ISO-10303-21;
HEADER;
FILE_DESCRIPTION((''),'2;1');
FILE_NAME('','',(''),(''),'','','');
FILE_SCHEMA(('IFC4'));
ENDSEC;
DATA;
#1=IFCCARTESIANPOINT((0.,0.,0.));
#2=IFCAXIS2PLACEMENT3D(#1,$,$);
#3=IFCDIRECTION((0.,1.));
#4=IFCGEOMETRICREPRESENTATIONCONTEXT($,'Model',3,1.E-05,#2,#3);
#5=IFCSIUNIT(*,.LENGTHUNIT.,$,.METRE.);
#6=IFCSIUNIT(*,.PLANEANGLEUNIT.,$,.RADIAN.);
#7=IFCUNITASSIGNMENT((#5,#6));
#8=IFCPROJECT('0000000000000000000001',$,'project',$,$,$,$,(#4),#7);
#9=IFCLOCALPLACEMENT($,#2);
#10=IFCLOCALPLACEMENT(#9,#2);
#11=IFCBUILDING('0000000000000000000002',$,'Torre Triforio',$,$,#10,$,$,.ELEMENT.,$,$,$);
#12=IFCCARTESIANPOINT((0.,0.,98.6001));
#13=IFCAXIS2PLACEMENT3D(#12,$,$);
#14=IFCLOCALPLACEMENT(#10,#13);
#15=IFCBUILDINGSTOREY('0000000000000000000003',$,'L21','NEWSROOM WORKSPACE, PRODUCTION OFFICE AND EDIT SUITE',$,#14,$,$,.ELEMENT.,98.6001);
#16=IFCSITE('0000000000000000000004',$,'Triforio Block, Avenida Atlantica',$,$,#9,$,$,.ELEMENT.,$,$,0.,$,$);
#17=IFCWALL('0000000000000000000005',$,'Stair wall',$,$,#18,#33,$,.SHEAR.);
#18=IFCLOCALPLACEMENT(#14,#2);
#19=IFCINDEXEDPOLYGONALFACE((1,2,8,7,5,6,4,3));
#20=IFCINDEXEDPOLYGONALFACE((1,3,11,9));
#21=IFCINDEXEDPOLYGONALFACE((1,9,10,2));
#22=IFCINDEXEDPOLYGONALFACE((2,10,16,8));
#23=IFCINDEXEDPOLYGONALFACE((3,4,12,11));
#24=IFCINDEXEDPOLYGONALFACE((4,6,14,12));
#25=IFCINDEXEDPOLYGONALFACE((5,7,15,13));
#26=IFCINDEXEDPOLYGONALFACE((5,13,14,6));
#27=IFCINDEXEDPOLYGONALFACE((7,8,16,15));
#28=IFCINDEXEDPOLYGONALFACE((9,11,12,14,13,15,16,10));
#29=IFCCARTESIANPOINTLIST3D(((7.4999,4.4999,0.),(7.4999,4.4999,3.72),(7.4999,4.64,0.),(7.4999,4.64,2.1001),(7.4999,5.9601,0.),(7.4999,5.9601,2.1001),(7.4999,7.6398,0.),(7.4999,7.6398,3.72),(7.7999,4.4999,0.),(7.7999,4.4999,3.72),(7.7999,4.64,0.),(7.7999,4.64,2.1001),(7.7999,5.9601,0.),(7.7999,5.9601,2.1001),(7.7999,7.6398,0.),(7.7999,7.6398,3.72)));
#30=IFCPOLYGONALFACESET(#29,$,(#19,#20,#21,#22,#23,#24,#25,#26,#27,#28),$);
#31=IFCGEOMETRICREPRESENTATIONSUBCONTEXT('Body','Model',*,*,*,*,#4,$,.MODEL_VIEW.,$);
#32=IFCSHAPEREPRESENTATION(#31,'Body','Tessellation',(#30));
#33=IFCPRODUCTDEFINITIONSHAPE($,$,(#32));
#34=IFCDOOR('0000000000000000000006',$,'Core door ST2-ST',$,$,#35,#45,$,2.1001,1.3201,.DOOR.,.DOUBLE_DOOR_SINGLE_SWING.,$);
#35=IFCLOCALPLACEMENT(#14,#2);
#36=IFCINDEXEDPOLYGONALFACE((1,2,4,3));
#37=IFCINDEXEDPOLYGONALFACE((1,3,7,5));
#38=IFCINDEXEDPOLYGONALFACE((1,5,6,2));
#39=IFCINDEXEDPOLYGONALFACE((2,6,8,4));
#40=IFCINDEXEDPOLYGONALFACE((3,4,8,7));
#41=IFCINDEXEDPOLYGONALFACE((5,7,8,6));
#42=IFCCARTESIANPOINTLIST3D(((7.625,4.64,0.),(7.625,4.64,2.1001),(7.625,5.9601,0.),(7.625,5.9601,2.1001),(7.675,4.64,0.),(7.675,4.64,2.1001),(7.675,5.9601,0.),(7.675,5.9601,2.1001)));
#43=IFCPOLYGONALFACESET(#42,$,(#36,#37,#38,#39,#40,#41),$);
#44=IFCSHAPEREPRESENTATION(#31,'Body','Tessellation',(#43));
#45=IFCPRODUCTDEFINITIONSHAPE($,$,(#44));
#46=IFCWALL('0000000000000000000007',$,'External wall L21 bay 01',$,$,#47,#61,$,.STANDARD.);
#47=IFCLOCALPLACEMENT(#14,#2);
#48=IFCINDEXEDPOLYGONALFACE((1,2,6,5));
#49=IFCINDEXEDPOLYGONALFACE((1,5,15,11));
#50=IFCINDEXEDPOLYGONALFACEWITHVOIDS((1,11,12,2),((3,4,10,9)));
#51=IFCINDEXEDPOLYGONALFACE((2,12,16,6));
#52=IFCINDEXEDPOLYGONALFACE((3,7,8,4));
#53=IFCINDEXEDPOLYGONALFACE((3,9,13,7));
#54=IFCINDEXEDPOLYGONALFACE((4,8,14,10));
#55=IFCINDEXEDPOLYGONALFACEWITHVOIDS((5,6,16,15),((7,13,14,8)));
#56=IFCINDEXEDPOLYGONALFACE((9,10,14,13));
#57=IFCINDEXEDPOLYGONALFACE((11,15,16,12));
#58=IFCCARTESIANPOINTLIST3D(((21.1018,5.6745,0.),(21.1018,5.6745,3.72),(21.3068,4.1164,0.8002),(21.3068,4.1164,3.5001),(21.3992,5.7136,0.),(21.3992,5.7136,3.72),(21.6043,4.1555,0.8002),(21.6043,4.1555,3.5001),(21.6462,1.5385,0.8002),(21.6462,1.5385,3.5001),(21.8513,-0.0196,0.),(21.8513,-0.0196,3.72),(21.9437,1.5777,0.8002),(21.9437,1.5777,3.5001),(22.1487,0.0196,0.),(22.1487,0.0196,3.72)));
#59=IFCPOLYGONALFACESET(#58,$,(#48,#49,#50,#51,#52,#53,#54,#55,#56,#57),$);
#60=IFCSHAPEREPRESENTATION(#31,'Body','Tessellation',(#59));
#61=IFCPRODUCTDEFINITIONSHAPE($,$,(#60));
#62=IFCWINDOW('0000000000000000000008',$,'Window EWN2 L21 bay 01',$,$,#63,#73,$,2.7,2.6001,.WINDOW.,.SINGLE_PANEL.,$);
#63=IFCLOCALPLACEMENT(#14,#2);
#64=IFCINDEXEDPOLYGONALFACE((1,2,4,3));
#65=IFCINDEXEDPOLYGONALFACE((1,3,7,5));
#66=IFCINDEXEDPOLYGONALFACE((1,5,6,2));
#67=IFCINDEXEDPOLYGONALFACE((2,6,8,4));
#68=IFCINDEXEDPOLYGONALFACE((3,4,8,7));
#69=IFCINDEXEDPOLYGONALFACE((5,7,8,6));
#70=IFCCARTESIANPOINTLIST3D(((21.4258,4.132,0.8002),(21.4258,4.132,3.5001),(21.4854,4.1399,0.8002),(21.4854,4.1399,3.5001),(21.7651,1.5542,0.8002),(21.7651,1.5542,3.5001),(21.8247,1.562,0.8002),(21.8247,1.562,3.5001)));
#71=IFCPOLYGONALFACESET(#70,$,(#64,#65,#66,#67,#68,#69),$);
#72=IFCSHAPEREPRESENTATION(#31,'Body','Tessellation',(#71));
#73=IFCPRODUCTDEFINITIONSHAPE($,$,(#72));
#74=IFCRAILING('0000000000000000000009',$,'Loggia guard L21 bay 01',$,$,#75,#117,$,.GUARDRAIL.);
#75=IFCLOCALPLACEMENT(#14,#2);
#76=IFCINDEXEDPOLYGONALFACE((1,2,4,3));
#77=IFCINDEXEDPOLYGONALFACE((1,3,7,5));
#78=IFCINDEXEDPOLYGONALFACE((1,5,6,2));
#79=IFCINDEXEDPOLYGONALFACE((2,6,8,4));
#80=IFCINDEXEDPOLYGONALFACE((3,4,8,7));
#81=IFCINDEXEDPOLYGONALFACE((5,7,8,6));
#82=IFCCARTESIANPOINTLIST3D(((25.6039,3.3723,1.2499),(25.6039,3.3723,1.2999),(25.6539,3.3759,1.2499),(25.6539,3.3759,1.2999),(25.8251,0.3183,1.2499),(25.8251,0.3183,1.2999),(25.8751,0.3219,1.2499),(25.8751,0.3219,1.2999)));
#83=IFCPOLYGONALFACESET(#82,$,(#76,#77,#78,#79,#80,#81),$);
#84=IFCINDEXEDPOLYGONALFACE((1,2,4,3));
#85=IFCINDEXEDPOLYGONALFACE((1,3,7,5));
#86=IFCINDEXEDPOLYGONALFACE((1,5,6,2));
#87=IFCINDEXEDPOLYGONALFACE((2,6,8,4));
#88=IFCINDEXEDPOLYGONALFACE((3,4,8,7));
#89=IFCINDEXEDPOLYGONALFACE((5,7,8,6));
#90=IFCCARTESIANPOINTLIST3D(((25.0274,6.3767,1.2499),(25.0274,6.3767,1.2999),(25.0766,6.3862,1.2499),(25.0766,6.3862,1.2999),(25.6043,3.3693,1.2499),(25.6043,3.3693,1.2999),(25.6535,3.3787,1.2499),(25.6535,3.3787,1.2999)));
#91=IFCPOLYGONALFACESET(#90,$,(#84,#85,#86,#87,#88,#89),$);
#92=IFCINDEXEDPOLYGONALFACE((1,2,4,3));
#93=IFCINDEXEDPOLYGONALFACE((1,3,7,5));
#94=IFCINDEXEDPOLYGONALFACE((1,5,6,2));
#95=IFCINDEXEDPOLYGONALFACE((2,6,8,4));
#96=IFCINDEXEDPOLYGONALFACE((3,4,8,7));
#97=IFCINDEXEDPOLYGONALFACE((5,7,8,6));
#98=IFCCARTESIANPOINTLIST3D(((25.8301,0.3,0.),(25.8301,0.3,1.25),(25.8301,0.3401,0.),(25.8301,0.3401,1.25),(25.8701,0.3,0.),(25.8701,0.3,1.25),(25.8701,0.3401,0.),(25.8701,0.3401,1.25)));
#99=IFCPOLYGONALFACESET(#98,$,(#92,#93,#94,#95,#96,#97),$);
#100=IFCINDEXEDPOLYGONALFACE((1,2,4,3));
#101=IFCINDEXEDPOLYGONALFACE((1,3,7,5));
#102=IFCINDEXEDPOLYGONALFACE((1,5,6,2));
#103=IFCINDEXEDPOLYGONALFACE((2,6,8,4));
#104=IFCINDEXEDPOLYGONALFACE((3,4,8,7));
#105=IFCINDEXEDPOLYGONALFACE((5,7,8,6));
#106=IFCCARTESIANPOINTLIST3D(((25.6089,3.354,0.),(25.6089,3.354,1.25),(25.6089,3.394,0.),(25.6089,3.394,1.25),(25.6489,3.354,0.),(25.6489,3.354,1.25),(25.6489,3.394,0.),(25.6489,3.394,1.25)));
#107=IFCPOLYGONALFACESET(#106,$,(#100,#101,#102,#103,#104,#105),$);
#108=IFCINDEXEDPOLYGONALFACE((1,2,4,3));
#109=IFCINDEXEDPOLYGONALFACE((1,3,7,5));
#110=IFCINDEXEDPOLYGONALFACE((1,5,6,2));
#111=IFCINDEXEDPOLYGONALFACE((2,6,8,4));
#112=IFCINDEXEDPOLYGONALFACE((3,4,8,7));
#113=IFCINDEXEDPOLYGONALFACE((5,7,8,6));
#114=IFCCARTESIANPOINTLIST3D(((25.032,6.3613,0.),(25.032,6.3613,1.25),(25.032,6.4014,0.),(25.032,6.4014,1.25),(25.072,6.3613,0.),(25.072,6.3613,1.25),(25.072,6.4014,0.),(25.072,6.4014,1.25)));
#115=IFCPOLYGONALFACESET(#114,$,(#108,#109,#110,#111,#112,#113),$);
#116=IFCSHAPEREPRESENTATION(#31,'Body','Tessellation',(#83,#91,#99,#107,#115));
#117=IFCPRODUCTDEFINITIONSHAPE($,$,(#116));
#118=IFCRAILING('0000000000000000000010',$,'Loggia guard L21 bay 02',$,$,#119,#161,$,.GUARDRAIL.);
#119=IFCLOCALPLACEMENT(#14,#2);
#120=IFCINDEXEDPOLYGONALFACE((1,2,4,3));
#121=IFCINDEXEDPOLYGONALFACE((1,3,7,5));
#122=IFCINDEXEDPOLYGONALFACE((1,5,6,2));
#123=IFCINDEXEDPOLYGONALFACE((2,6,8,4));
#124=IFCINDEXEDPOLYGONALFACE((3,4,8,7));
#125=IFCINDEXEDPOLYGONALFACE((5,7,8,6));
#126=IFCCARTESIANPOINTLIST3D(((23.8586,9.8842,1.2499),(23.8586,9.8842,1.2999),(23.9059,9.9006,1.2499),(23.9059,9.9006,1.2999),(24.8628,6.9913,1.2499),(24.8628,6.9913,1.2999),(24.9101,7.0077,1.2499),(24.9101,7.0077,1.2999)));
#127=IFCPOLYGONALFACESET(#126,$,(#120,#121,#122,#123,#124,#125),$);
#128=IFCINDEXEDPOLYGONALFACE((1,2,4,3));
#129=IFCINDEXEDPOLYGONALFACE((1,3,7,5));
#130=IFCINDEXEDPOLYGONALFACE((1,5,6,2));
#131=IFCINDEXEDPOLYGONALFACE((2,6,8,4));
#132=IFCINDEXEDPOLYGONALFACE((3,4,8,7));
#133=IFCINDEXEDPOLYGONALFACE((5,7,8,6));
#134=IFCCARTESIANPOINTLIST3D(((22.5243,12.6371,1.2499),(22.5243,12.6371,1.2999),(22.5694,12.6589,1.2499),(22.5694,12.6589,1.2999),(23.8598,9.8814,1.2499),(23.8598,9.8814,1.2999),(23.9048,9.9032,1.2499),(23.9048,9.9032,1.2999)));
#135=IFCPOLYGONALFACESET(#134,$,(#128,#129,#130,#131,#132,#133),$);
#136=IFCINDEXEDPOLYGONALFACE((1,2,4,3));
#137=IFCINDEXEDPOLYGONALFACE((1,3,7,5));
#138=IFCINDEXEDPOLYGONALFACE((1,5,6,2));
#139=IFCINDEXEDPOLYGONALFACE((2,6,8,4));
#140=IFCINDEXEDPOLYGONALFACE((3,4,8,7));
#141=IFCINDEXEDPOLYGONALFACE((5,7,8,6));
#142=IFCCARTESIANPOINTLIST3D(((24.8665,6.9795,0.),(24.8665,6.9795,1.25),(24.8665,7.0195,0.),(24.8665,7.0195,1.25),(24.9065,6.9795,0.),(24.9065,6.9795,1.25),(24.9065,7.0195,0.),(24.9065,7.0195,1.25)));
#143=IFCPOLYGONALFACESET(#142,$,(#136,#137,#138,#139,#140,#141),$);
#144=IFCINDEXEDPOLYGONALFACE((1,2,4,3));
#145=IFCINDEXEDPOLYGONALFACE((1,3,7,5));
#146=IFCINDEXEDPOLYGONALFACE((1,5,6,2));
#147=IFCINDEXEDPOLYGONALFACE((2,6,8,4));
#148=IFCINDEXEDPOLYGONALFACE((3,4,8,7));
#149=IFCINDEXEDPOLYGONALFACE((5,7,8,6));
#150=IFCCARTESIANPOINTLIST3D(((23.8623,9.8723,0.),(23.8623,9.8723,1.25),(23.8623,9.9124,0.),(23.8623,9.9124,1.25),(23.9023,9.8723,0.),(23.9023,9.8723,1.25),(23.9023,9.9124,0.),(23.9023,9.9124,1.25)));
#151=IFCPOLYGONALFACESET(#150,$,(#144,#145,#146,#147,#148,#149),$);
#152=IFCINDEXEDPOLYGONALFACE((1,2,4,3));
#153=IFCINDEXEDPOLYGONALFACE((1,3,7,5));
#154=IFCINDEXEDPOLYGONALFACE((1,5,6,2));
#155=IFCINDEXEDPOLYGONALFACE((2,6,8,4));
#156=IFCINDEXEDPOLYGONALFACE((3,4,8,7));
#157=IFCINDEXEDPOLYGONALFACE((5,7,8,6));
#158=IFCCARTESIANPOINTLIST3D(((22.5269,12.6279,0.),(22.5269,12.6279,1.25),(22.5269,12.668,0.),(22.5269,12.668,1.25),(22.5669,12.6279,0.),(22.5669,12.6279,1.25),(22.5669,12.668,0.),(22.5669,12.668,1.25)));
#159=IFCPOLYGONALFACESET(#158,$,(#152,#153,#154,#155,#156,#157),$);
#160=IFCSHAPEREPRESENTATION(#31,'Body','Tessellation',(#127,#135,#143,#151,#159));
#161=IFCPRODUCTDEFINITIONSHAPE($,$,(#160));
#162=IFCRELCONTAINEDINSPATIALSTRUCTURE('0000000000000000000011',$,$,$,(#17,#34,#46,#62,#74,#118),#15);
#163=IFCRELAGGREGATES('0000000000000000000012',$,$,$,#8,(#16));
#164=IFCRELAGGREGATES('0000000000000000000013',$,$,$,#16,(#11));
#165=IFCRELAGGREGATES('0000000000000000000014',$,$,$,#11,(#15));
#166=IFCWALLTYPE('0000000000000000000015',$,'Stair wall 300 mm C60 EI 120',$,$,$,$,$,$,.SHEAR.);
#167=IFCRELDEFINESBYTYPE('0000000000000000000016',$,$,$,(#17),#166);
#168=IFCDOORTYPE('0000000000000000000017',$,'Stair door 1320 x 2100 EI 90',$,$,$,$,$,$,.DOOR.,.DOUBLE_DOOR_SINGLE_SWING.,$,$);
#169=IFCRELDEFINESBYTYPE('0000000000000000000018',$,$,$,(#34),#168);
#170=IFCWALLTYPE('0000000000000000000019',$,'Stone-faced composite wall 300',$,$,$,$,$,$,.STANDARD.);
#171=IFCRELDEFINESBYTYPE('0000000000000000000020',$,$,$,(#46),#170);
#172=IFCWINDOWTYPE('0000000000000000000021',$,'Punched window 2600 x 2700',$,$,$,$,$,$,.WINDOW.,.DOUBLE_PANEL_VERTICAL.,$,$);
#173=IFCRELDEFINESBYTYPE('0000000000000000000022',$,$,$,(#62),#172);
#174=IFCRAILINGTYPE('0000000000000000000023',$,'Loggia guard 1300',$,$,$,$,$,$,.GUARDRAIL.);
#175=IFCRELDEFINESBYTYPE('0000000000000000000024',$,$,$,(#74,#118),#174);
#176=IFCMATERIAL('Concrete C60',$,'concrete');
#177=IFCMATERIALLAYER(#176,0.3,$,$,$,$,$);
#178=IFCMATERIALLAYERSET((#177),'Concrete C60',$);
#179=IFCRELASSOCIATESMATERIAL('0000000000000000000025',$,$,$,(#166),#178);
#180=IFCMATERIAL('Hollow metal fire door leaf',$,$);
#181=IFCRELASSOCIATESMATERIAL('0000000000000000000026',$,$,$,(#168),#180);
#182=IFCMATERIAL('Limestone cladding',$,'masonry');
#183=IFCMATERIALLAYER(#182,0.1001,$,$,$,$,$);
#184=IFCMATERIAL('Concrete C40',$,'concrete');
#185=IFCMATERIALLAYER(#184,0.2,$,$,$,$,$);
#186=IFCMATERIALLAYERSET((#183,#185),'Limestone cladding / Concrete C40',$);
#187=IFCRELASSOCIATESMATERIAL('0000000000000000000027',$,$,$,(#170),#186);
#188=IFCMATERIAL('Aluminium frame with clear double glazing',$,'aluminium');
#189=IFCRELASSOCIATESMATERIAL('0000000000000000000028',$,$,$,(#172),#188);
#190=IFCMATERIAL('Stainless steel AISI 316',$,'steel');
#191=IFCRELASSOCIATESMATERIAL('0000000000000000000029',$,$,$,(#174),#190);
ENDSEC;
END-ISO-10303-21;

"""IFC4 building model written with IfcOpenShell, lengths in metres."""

from ifc_helpers import new_model, si_unit, direction, frame, frame_2d, origin, origin_2d, place, context, subcontext, project, spatial, rectangle, extrude, material, layer, layer_set, type_object, element, fill, save


model = new_model("IFC4")

# Units and contexts
model_context = context("Model", 3, precision=1e-05, world=origin(), true_north=direction((0.0, 1.0)))
body_context = subcontext(model_context, "Body", "Model", "MODEL_VIEW")
ifc_project = project(units=[si_unit("LENGTHUNIT", "METRE"), si_unit("PLANEANGLEUNIT", "RADIAN")], contexts=[model_context])

# Site, building, storey
site_placement = place(None, origin())
site = spatial("IfcSite", under=ifc_project, at=site_placement, Name="Triforio Block, Avenida Atlantica", CompositionType="ELEMENT", RefElevation=0.0)
building_placement = place(site_placement, origin())
building = spatial("IfcBuilding", under=site, at=building_placement, Name="Torre Triforio", CompositionType="ELEMENT")
storey_placement = place(building_placement, frame((0.0, 0.0, 98.6001)))
storey = spatial("IfcBuildingStorey", under=building, at=storey_placement, Name="L21", Description="NEWSROOM WORKSPACE, PRODUCTION OFFICE AND EDIT SUITE", CompositionType="ELEMENT", Elevation=98.6001)

# Shared definitions
ifc_material_1 = material(Name="Concrete C60", Category="concrete")

# Shared definitions
ifc_material_2 = material(Name="Limestone cladding", Category="masonry")
ifc_material_3 = material(Name="Concrete C40", Category="concrete")

# Wall, opening, door
ifc_layer_1 = layer(ifc_material_1, 0.3)
ifc_layer_set_1 = layer_set([ifc_layer_1], Name="Concrete C60")
wall_type_1 = type_object("IfcWallType", Name="Stair wall 300 mm C60 EI 120", PredefinedType="SHEAR", material=ifc_layer_set_1)
wall_1_placement = place(storey_placement, frame((7.6499, 4.5, 0.0), z_axis=(0.0, 0.0, 1.0), x_axis=(0.0, 1.0, 0.0)))
wall_1 = element("IfcWall", 1, at=wall_1_placement, inside=storey, type_object=wall_type_1, Name="Stair wall", PredefinedType="SHEAR", context=body_context, shape_type="SweptSolid", body=[
    extrude(rectangle(XDim=3.1399, YDim=0.3, at=frame_2d((1.5698, 0.0))), origin(), (0.0, 0.0, 1.0), 3.72),
])
opening_1_placement = place(wall_1_placement, frame((0.1399, 0.0, 0.0)))
opening_1 = element("IfcOpeningElement", 2, at=opening_1_placement, cuts=wall_1, PredefinedType="OPENING", context=body_context, shape_type="SweptSolid", body=[
    extrude(rectangle(XDim=1.3201, YDim=2.1001, at=frame_2d((0.6602, 1.05))), frame((0.0, 0.1599, 0.0), z_axis=(0.0, -1.0, 0.0), x_axis=(1.0, 0.0, 0.0)), (0.0, 0.0, 1.0), 0.3201),
])
ifc_material_4 = material(Name="Hollow metal fire door leaf")
door_type_1 = type_object("IfcDoorType", Name="Stair door 1320 x 2100 EI 90", OperationType="DOUBLE_DOOR_SINGLE_SWING", PredefinedType="DOOR", material=ifc_material_4)
door_1_placement = place(opening_1_placement, origin())
door_1 = element("IfcDoor", 3, at=door_1_placement, inside=storey, type_object=door_type_1, Name="Core door ST2-ST", OperationType="DOUBLE_DOOR_SINGLE_SWING", OverallHeight=2.1001, OverallWidth=1.3201, PredefinedType="DOOR", context=body_context, shape_type="SweptSolid", body=[
    extrude(rectangle(XDim=1.3201, YDim=2.1001, at=frame_2d((0.6602, 1.05))), frame((0.0, 0.0249, 0.0), z_axis=(0.0, -1.0, 0.0), x_axis=(1.0, 0.0, 0.0)), (0.0, 0.0, 1.0), 0.05),
])
fill(opening_1, door_1)

# Wall, opening, window
ifc_layer_2 = layer(ifc_material_2, 0.1001)
ifc_layer_3 = layer(ifc_material_3, 0.2)
ifc_layer_set_2 = layer_set([ifc_layer_2, ifc_layer_3], Name="Limestone cladding / Concrete C40")
wall_type_2 = type_object("IfcWallType", Name="Stone-faced composite wall 300", PredefinedType="STANDARD", material=ifc_layer_set_2)
wall_2_placement = place(storey_placement, frame((22.0, 0.0, 0.0), z_axis=(0.0, 0.0, 1.0), x_axis=(-0.130504, 0.991448, 0.0)))
wall_2 = element("IfcWall", 4, at=wall_2_placement, inside=storey, type_object=wall_type_2, Name="External wall L21 bay 01", PredefinedType="STANDARD", context=body_context, shape_type="SweptSolid", body=[
    extrude(rectangle(XDim=5.7432, YDim=0.3, at=frame_2d((2.8716, 0.0))), origin(), (0.0, 0.0, 1.0), 3.72),
])
opening_2_placement = place(wall_2_placement, frame((1.5715, 0.0, 0.8)))
opening_2 = element("IfcOpeningElement", 5, at=opening_2_placement, cuts=wall_2, PredefinedType="OPENING", context=body_context, shape_type="SweptSolid", body=[
    extrude(rectangle(XDim=2.6001, YDim=2.7, at=frame_2d((1.3, 1.3501))), frame((0.0, 0.1599, 0.0), z_axis=(0.0, -1.0, 0.0), x_axis=(1.0, 0.0, 0.0)), (0.0, 0.0, 1.0), 0.3201),
])
ifc_material_5 = material(Name="Aluminium frame with clear double glazing", Category="aluminium")
window_type_1 = type_object("IfcWindowType", Name="Punched window 2600 x 2700", PartitioningType="DOUBLE_PANEL_VERTICAL", PredefinedType="WINDOW", material=ifc_material_5)
window_1_placement = place(opening_2_placement, origin())
window_1 = element("IfcWindow", 6, at=window_1_placement, inside=storey, type_object=window_type_1, Name="Window EWN2 L21 bay 01", OverallHeight=2.7, OverallWidth=2.6001, PartitioningType="SINGLE_PANEL", PredefinedType="WINDOW", context=body_context, shape_type="SweptSolid", body=[
    extrude(rectangle(XDim=2.6001, YDim=2.7, at=frame_2d((1.3, 1.3501))), frame((0.0, 0.03, 0.0), z_axis=(0.0, -1.0, 0.0), x_axis=(1.0, 0.0, 0.0)), (0.0, 0.0, 1.0), 0.0601),
])
fill(opening_2, window_1)

# Railings
ifc_material_6 = material(Name="Stainless steel AISI 316", Category="steel")
railing_type = type_object("IfcRailingType", Name="Loggia guard 1300", PredefinedType="GUARDRAIL", material=ifc_material_6)
railing_1_placement = place(storey_placement, frame((25.8501, 0.3201, 0.0)))
element("IfcRailing", 7, at=railing_1_placement, inside=storey, type_object=railing_type, Name="Loggia guard L21 bay 01", PredefinedType="GUARDRAIL", context=body_context, shape_type="SweptSolid", body=[
    extrude(rectangle(XDim=0.05, YDim=0.05, at=origin_2d()), frame((0.0, 0.0, 1.2749), z_axis=(-0.072239, 0.997387, 0.0), x_axis=(-0.997387, -0.072239, 0.0)), (0.0, 0.0, 1.0), 3.062),
    extrude(rectangle(XDim=0.05, YDim=0.05, at=origin_2d()), frame((-0.2212, 3.054, 1.2749), z_axis=(-0.188398, 0.982093, 0.0), x_axis=(-0.982093, -0.188398, 0.0)), (0.0, 0.0, 1.0), 3.0623),
    extrude(rectangle(XDim=0.04, YDim=0.04, at=origin_2d()), origin(), (0.0, 0.0, 1.0), 1.25),
    extrude(rectangle(XDim=0.04, YDim=0.04, at=origin_2d()), frame((-0.2212, 3.054, 0.0)), (0.0, 0.0, 1.0), 1.25),
    extrude(rectangle(XDim=0.04, YDim=0.04, at=origin_2d()), frame((-0.7981, 6.0613, 0.0)), (0.0, 0.0, 1.0), 1.25),
])
railing_2_placement = place(storey_placement, frame((24.8865, 6.9995, 0.0)))
element("IfcRailing", 8, at=railing_2_placement, inside=storey, type_object=railing_type, Name="Loggia guard L21 bay 02", PredefinedType="GUARDRAIL", context=body_context, shape_type="SweptSolid", body=[
    extrude(rectangle(XDim=0.05, YDim=0.05, at=origin_2d()), frame((0.0, 0.0, 1.2749), z_axis=(-0.327924, 0.944704, 0.0), x_axis=(-0.944704, -0.327924, 0.0)), (0.0, 0.0, 1.0), 3.0623),
    extrude(rectangle(XDim=0.05, YDim=0.05, at=origin_2d()), frame((-1.0042, 2.8928, 1.2749), z_axis=(-0.436113, 0.899892, 0.0), x_axis=(-0.899892, -0.436113, 0.0)), (0.0, 0.0, 1.0), 3.0623),
    extrude(rectangle(XDim=0.04, YDim=0.04, at=origin_2d()), origin(), (0.0, 0.0, 1.0), 1.25),
    extrude(rectangle(XDim=0.04, YDim=0.04, at=origin_2d()), frame((-1.0042, 2.8928, 0.0)), (0.0, 0.0, 1.0), 1.25),
    extrude(rectangle(XDim=0.04, YDim=0.04, at=origin_2d()), frame((-2.3396, 5.6484, 0.0)), (0.0, 0.0, 1.0), 1.25),
])

save(model, "model.ifc")
